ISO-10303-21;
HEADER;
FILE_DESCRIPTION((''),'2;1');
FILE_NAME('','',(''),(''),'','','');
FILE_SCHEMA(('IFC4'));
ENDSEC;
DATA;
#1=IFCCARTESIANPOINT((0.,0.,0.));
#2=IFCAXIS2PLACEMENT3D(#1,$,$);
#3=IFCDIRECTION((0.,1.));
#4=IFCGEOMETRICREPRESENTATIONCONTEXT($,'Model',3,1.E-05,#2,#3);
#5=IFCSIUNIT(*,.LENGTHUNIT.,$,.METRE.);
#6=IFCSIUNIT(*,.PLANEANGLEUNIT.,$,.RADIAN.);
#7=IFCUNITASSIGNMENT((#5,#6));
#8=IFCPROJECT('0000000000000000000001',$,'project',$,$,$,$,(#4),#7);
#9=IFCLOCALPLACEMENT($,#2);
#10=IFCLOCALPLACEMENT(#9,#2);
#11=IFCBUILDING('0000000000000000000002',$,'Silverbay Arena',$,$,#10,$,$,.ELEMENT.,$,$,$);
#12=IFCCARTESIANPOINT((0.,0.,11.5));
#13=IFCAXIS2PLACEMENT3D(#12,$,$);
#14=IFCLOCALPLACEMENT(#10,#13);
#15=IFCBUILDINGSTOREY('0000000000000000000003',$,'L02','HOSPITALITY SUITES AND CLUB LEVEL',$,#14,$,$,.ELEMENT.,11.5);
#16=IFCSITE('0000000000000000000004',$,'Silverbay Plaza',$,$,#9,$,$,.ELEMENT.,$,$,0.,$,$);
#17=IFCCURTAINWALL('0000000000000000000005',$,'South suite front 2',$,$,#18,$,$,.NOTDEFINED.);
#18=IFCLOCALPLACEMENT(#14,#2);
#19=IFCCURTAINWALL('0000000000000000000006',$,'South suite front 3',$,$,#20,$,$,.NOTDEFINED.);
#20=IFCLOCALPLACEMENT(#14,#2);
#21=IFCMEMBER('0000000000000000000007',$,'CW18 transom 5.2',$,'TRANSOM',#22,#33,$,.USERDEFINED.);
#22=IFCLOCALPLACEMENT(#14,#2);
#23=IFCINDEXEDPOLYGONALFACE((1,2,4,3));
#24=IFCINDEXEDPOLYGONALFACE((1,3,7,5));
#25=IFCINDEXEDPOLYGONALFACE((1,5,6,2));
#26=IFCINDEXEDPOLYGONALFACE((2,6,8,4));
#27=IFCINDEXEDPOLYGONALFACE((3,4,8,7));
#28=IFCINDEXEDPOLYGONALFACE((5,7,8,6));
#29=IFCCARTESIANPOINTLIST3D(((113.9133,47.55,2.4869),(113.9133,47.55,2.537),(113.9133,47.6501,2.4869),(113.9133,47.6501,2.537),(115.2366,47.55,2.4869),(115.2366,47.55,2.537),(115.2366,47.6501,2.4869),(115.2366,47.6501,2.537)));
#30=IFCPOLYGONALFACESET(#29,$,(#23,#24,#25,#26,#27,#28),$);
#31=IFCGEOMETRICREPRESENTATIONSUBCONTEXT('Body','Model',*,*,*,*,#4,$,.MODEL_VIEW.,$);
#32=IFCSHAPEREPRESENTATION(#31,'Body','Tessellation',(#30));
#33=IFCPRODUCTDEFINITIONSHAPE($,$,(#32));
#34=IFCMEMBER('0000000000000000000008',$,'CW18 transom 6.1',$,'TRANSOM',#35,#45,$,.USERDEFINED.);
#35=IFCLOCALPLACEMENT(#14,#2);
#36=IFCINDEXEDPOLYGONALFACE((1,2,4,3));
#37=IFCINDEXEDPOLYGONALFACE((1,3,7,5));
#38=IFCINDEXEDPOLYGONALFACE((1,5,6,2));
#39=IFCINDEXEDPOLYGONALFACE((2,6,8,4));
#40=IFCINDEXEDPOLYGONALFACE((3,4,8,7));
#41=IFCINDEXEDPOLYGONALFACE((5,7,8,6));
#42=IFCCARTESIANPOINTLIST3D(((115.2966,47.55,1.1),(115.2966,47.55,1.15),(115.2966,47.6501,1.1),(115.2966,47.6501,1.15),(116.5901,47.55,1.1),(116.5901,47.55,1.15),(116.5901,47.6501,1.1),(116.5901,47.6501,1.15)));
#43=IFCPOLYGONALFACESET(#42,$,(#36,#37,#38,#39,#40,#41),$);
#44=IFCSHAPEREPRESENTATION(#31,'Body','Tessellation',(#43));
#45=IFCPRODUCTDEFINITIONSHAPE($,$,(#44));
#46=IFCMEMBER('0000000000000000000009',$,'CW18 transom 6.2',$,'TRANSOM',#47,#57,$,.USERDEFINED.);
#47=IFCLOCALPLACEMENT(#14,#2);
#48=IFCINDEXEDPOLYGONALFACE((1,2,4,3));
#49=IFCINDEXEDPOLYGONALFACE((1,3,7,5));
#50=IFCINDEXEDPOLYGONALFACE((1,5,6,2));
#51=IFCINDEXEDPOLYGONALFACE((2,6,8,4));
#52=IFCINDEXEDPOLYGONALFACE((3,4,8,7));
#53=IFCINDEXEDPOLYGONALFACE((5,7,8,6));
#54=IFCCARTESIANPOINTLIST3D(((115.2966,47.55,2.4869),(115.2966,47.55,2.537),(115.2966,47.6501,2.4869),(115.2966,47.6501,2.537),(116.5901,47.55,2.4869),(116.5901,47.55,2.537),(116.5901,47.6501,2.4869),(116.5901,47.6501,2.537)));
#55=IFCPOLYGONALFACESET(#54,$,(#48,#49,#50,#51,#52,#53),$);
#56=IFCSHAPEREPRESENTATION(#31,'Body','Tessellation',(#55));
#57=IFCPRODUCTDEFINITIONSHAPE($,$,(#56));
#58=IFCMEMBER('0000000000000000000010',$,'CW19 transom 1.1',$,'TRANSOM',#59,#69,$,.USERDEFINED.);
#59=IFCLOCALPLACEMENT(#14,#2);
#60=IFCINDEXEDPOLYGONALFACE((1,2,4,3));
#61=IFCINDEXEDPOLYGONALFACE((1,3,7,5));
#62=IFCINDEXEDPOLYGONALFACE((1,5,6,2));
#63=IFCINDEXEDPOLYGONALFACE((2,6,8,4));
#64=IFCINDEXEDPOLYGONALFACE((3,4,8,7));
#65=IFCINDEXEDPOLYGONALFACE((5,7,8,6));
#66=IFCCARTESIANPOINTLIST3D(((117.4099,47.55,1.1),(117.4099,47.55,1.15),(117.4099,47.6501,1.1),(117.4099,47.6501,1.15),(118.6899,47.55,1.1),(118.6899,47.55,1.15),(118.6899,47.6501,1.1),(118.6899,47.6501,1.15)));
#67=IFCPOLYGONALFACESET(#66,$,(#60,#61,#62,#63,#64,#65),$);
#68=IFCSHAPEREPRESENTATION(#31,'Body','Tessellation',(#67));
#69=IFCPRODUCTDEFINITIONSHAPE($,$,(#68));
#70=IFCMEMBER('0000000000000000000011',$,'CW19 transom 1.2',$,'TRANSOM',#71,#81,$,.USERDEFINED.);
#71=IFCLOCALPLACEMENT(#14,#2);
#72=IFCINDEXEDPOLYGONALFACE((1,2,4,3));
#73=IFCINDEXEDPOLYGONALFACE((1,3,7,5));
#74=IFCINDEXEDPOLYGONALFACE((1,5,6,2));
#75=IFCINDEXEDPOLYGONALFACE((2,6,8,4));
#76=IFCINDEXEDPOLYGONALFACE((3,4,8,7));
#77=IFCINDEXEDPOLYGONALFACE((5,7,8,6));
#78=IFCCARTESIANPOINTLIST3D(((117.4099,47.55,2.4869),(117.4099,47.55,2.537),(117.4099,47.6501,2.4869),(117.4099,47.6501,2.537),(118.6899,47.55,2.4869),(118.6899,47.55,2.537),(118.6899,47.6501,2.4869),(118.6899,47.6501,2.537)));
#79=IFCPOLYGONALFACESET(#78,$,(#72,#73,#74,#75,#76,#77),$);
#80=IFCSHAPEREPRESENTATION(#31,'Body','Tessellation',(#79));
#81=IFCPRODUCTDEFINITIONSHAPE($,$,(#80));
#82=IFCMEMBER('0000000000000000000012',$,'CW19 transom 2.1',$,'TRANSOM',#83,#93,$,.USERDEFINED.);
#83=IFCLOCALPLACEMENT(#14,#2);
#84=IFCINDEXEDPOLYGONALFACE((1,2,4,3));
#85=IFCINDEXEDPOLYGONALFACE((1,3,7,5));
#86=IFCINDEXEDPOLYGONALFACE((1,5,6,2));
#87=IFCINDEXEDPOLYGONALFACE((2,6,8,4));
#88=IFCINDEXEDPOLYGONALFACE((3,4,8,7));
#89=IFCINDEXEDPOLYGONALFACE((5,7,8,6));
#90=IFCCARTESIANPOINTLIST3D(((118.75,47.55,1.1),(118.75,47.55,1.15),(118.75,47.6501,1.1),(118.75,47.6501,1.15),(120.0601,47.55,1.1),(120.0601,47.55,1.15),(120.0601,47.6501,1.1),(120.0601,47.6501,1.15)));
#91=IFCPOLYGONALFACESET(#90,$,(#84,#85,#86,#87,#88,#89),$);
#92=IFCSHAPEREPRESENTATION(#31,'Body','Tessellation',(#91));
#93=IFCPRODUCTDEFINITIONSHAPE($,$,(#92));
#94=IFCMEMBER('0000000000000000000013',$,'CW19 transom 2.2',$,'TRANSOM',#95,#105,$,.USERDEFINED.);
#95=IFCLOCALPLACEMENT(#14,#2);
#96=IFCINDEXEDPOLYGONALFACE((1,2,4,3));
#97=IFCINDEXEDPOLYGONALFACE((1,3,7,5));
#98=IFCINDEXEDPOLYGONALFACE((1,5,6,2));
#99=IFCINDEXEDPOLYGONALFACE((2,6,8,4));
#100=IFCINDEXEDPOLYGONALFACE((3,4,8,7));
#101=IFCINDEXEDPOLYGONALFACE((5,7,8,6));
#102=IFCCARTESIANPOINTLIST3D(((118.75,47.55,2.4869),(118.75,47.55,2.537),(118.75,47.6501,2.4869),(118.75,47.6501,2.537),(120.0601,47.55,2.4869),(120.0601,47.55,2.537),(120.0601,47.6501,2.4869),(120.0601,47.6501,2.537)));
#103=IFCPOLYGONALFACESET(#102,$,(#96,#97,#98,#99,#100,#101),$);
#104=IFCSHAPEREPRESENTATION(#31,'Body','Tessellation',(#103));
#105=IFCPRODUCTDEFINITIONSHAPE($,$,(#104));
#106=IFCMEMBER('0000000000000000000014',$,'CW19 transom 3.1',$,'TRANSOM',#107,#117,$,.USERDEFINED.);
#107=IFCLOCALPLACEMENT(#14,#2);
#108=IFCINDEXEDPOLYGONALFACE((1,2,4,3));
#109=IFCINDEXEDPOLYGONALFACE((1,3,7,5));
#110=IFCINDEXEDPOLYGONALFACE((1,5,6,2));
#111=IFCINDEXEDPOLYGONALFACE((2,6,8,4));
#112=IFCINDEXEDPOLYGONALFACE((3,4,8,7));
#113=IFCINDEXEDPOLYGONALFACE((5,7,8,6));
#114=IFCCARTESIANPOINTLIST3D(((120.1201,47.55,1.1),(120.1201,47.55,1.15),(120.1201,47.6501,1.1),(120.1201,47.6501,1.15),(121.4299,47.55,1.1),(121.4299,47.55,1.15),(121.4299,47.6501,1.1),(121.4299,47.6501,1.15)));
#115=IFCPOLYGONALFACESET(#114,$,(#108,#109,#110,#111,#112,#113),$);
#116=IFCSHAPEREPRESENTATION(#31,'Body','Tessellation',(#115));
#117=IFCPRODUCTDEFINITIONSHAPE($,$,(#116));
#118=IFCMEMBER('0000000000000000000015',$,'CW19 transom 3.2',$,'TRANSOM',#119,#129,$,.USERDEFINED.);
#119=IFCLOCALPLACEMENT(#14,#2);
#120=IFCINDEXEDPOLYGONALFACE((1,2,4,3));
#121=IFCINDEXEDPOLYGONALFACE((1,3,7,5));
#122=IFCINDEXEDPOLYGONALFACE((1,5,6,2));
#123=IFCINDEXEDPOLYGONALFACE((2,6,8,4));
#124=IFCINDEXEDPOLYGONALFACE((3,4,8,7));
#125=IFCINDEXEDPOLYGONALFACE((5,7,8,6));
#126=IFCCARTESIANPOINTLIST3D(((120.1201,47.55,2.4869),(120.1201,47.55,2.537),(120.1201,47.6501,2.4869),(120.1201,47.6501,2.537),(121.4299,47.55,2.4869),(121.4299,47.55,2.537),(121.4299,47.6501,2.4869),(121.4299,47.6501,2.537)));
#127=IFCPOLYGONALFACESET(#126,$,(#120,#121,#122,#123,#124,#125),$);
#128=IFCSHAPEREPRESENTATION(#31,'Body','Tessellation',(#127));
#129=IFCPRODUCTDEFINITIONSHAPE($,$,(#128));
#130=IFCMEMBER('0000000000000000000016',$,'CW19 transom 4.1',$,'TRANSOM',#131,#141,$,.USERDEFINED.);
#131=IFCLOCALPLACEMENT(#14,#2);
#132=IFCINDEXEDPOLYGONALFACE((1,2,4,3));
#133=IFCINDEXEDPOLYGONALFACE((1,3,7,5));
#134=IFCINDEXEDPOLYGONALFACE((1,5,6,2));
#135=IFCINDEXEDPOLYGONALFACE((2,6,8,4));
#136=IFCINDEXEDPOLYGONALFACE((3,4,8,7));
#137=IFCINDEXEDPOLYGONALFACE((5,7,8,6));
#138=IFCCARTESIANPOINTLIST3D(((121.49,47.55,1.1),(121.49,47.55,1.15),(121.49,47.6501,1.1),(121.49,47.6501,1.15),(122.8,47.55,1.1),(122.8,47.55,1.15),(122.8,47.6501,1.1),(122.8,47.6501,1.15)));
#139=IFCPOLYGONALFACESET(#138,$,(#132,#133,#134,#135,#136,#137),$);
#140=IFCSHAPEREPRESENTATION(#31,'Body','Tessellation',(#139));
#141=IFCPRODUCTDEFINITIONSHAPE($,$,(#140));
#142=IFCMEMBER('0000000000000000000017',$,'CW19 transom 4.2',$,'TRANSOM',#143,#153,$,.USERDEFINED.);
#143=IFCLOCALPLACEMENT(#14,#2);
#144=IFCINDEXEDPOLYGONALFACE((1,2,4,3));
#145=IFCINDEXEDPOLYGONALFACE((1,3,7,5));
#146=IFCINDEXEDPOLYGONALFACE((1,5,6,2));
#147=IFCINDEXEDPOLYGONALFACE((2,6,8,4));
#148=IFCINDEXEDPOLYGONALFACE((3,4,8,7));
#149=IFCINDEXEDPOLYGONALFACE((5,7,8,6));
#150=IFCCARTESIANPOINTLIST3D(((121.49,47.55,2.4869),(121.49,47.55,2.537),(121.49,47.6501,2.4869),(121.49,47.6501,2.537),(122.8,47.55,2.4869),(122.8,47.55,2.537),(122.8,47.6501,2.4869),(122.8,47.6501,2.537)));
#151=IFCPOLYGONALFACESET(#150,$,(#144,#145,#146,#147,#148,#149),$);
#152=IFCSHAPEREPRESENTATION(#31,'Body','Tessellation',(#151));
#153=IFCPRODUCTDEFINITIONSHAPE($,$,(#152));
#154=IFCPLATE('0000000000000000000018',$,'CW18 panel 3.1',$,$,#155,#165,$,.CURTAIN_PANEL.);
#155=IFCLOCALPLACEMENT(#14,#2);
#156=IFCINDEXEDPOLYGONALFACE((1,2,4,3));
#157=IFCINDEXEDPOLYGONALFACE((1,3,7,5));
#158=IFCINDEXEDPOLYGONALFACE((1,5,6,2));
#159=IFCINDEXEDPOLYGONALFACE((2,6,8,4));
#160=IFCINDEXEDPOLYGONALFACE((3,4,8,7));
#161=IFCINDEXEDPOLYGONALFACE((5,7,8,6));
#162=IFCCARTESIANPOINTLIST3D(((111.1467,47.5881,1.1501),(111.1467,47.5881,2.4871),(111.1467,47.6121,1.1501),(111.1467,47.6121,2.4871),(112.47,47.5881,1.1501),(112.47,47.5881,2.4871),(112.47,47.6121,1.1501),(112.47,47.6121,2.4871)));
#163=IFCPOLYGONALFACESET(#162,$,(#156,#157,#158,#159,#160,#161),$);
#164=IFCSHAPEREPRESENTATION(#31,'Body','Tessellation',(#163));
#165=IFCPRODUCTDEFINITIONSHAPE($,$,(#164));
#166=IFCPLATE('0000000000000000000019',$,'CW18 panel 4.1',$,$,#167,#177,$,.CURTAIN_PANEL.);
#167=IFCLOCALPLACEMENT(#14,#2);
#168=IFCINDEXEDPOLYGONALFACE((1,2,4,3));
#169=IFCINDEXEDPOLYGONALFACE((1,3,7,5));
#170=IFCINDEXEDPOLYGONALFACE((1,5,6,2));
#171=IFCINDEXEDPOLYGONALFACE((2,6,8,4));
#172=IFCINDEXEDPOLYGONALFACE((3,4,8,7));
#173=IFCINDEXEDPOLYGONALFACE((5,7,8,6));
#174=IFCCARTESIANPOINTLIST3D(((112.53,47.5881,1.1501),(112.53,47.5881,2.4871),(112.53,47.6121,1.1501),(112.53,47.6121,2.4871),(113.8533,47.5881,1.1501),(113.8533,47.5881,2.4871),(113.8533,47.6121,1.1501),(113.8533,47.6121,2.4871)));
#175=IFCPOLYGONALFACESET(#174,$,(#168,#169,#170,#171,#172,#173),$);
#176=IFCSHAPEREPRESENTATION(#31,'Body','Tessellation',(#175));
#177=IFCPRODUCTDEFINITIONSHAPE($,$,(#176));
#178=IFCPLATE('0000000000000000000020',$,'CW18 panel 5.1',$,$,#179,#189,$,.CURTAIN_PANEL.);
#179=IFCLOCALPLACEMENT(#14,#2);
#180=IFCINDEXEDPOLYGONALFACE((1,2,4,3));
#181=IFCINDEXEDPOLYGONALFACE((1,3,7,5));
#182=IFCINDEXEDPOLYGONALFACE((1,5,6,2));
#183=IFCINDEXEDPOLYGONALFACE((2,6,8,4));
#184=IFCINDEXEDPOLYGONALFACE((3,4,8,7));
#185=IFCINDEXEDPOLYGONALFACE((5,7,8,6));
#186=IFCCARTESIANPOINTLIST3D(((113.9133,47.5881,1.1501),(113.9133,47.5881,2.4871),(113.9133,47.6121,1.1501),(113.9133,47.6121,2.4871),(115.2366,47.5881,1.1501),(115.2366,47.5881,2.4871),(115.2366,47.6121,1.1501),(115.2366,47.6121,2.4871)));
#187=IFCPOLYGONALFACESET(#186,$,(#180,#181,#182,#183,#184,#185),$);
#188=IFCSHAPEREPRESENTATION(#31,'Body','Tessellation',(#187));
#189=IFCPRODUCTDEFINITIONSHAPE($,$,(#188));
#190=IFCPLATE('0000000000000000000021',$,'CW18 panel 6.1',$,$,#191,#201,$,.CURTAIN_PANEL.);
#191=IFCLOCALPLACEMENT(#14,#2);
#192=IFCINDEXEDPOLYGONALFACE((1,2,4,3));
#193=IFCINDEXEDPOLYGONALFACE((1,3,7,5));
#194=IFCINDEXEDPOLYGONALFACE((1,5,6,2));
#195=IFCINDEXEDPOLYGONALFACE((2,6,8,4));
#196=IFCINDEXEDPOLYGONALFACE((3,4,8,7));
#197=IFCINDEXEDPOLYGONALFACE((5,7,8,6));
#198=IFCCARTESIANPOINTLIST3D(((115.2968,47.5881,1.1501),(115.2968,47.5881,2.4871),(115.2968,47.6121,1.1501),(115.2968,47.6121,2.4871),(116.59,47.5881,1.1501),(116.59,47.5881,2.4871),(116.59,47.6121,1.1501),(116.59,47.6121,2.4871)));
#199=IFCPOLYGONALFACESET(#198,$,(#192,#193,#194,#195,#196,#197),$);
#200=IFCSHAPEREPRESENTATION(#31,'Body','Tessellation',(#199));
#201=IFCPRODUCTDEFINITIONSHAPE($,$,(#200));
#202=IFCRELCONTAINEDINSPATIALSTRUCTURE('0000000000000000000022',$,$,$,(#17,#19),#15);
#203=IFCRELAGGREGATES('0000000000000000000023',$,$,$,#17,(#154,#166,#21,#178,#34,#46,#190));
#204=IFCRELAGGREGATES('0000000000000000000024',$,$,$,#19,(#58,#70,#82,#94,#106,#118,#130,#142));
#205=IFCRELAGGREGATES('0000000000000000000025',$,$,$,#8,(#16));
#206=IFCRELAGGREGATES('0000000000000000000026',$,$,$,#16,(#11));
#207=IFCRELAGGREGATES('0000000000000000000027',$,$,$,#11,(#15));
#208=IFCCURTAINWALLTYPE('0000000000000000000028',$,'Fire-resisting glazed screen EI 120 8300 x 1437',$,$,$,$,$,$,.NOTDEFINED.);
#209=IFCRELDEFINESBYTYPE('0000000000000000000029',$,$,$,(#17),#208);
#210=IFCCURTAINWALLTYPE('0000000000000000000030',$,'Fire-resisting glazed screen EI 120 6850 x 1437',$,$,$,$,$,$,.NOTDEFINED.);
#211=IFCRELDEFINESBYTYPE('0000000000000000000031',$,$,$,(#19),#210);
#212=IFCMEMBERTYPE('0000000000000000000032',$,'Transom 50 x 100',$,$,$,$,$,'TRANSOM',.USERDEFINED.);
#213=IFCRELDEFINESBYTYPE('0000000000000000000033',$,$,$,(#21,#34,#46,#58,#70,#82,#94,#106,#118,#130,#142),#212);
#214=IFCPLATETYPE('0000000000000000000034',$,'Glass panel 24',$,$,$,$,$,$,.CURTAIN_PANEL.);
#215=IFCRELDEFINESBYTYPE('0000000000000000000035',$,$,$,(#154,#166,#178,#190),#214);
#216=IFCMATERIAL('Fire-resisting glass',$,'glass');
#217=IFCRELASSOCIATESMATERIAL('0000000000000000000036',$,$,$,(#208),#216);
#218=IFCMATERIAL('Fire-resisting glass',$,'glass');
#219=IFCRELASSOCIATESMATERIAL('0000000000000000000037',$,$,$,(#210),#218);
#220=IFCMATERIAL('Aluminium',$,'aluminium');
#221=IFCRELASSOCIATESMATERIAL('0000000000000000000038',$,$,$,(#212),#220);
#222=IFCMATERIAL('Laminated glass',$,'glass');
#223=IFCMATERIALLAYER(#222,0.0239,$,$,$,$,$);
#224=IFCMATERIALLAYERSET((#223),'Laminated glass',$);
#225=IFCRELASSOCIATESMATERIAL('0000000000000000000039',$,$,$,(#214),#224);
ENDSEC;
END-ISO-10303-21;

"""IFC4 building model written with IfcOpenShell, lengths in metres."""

from ifc_helpers import new_model, si_unit, direction, frame, origin, origin_2d, place, context, subcontext, project, spatial, rectangle, extrude, material, layer, layer_set, material_profile, profile_set, type_object, element, aggregate, save


model = new_model("IFC4")

# Units and contexts
model_context = context("Model", 3, precision=1e-05, world=origin(), true_north=direction((0.0, 1.0)))
body_context = subcontext(model_context, "Body", "Model", "MODEL_VIEW")
ifc_project = project(units=[si_unit("LENGTHUNIT", "METRE"), si_unit("PLANEANGLEUNIT", "RADIAN")], contexts=[model_context])

# Site, building, storey
site_placement = place(None, origin())
site = spatial("IfcSite", under=ifc_project, at=site_placement, Name="Silverbay Plaza", CompositionType="ELEMENT", RefElevation=0.0)
building_placement = place(site_placement, origin())
building = spatial("IfcBuilding", under=site, at=building_placement, Name="Silverbay Arena", CompositionType="ELEMENT")
storey_placement = place(building_placement, frame((0.0, 0.0, 11.5)))
storey = spatial("IfcBuildingStorey", under=building, at=storey_placement, Name="L02", Description="HOSPITALITY SUITES AND CLUB LEVEL", CompositionType="ELEMENT", Elevation=11.5)

# Curtain walls
ifc_material_1 = material(Name="Fire-resisting glass", Category="glass")
curtain_wall_type_1 = type_object("IfcCurtainWallType", Name="Fire-resisting glazed screen EI 120 8300 x 1437", PredefinedType="NOTDEFINED", material=ifc_material_1)
curtain_wall_1_placement = place(storey_placement, origin())
curtain_wall_1 = element("IfcCurtainWall", 1, at=curtain_wall_1_placement, inside=storey, type_object=curtain_wall_type_1, Name="South suite front 2", PredefinedType="NOTDEFINED")
ifc_material_2 = material(Name="Fire-resisting glass", Category="glass")
curtain_wall_type_2 = type_object("IfcCurtainWallType", Name="Fire-resisting glazed screen EI 120 6850 x 1437", PredefinedType="NOTDEFINED", material=ifc_material_2)
curtain_wall_2_placement = place(storey_placement, origin())
curtain_wall_2 = element("IfcCurtainWall", 2, at=curtain_wall_2_placement, inside=storey, type_object=curtain_wall_type_2, Name="South suite front 3", PredefinedType="NOTDEFINED")

# Members
ifc_material_3 = material(Name="Aluminium", Category="aluminium")
ifc_material_profile_1 = material_profile(ifc_material_3, rectangle(XDim=0.1001, YDim=0.05, at=origin_2d()), Name="Transom 50 x 100")
ifc_profile_set_1 = profile_set([ifc_material_profile_1], Name="Aluminium")
member_type_1 = type_object("IfcMemberType", Name="Transom 50 x 100", ElementType="TRANSOM", PredefinedType="USERDEFINED", material=ifc_profile_set_1)
member_1_placement = place(storey_placement, frame((113.9133, 47.6001, 2.512), z_axis=(1.0, 0.0, 0.0), x_axis=(0.0, 1.0, 0.0)))
member_1 = element("IfcMember", 3, at=member_1_placement, type_object=member_type_1, Name="CW18 transom 5.2", ObjectType="TRANSOM", PredefinedType="USERDEFINED", context=body_context, shape_type="SweptSolid", body=[
    extrude(rectangle(XDim=0.1001, YDim=0.05, at=origin_2d()), origin(), (0.0, 0.0, 1.0), 1.3232),
])
member_2_placement = place(storey_placement, frame((115.2966, 47.6001, 1.125), z_axis=(1.0, 0.0, 0.0), x_axis=(0.0, 1.0, 0.0)))
member_2 = element("IfcMember", 4, at=member_2_placement, type_object=member_type_1, Name="CW18 transom 6.1", ObjectType="TRANSOM", PredefinedType="USERDEFINED", context=body_context, shape_type="SweptSolid", body=[
    extrude(rectangle(XDim=0.1001, YDim=0.05, at=origin_2d()), origin(), (0.0, 0.0, 1.0), 1.2935),
])
member_3_placement = place(storey_placement, frame((115.2966, 47.6001, 2.512), z_axis=(1.0, 0.0, 0.0), x_axis=(0.0, 1.0, 0.0)))
member_3 = element("IfcMember", 5, at=member_3_placement, type_object=member_type_1, Name="CW18 transom 6.2", ObjectType="TRANSOM", PredefinedType="USERDEFINED", context=body_context, shape_type="SweptSolid", body=[
    extrude(rectangle(XDim=0.1001, YDim=0.05, at=origin_2d()), origin(), (0.0, 0.0, 1.0), 1.2935),
])
member_4_placement = place(storey_placement, frame((117.4099, 47.6001, 1.125), z_axis=(1.0, 0.0, 0.0), x_axis=(0.0, 1.0, 0.0)))
member_4 = element("IfcMember", 6, at=member_4_placement, type_object=member_type_1, Name="CW19 transom 1.1", ObjectType="TRANSOM", PredefinedType="USERDEFINED", context=body_context, shape_type="SweptSolid", body=[
    extrude(rectangle(XDim=0.1001, YDim=0.05, at=origin_2d()), origin(), (0.0, 0.0, 1.0), 1.28),
])
member_5_placement = place(storey_placement, frame((117.4099, 47.6001, 2.512), z_axis=(1.0, 0.0, 0.0), x_axis=(0.0, 1.0, 0.0)))
member_5 = element("IfcMember", 7, at=member_5_placement, type_object=member_type_1, Name="CW19 transom 1.2", ObjectType="TRANSOM", PredefinedType="USERDEFINED", context=body_context, shape_type="SweptSolid", body=[
    extrude(rectangle(XDim=0.1001, YDim=0.05, at=origin_2d()), origin(), (0.0, 0.0, 1.0), 1.28),
])
member_6_placement = place(storey_placement, frame((118.75, 47.6001, 1.125), z_axis=(1.0, 0.0, 0.0), x_axis=(0.0, 1.0, 0.0)))
member_6 = element("IfcMember", 8, at=member_6_placement, type_object=member_type_1, Name="CW19 transom 2.1", ObjectType="TRANSOM", PredefinedType="USERDEFINED", context=body_context, shape_type="SweptSolid", body=[
    extrude(rectangle(XDim=0.1001, YDim=0.05, at=origin_2d()), origin(), (0.0, 0.0, 1.0), 1.3101),
])
member_7_placement = place(storey_placement, frame((118.75, 47.6001, 2.512), z_axis=(1.0, 0.0, 0.0), x_axis=(0.0, 1.0, 0.0)))
member_7 = element("IfcMember", 9, at=member_7_placement, type_object=member_type_1, Name="CW19 transom 2.2", ObjectType="TRANSOM", PredefinedType="USERDEFINED", context=body_context, shape_type="SweptSolid", body=[
    extrude(rectangle(XDim=0.1001, YDim=0.05, at=origin_2d()), origin(), (0.0, 0.0, 1.0), 1.3101),
])
member_8_placement = place(storey_placement, frame((120.1201, 47.6001, 1.125), z_axis=(1.0, 0.0, 0.0), x_axis=(0.0, 1.0, 0.0)))
member_8 = element("IfcMember", 10, at=member_8_placement, type_object=member_type_1, Name="CW19 transom 3.1", ObjectType="TRANSOM", PredefinedType="USERDEFINED", context=body_context, shape_type="SweptSolid", body=[
    extrude(rectangle(XDim=0.1001, YDim=0.05, at=origin_2d()), origin(), (0.0, 0.0, 1.0), 1.3098),
])
member_9_placement = place(storey_placement, frame((120.1201, 47.6001, 2.512), z_axis=(1.0, 0.0, 0.0), x_axis=(0.0, 1.0, 0.0)))
member_9 = element("IfcMember", 11, at=member_9_placement, type_object=member_type_1, Name="CW19 transom 3.2", ObjectType="TRANSOM", PredefinedType="USERDEFINED", context=body_context, shape_type="SweptSolid", body=[
    extrude(rectangle(XDim=0.1001, YDim=0.05, at=origin_2d()), origin(), (0.0, 0.0, 1.0), 1.3098),
])
member_10_placement = place(storey_placement, frame((121.49, 47.6001, 1.125), z_axis=(1.0, 0.0, 0.0), x_axis=(0.0, 1.0, 0.0)))
member_10 = element("IfcMember", 12, at=member_10_placement, type_object=member_type_1, Name="CW19 transom 4.1", ObjectType="TRANSOM", PredefinedType="USERDEFINED", context=body_context, shape_type="SweptSolid", body=[
    extrude(rectangle(XDim=0.1001, YDim=0.05, at=origin_2d()), origin(), (0.0, 0.0, 1.0), 1.3101),
])
member_11_placement = place(storey_placement, frame((121.49, 47.6001, 2.512), z_axis=(1.0, 0.0, 0.0), x_axis=(0.0, 1.0, 0.0)))
member_11 = element("IfcMember", 13, at=member_11_placement, type_object=member_type_1, Name="CW19 transom 4.2", ObjectType="TRANSOM", PredefinedType="USERDEFINED", context=body_context, shape_type="SweptSolid", body=[
    extrude(rectangle(XDim=0.1001, YDim=0.05, at=origin_2d()), origin(), (0.0, 0.0, 1.0), 1.3101),
])

# Plates
ifc_material_4 = material(Name="Laminated glass", Category="glass")
ifc_layer_1 = layer(ifc_material_4, 0.0239)
ifc_layer_set_1 = layer_set([ifc_layer_1], Name="Laminated glass")
plate_type = type_object("IfcPlateType", Name="Glass panel 24", PredefinedType="CURTAIN_PANEL", material=ifc_layer_set_1)
plate_1_placement = place(storey_placement, frame((111.8083, 47.6001, 1.1501), z_axis=(0.0, 0.0, 1.0), x_axis=(1.0, 0.0, 0.0)))
plate_1 = element("IfcPlate", 14, at=plate_1_placement, type_object=plate_type, Name="CW18 panel 3.1", PredefinedType="CURTAIN_PANEL", context=body_context, shape_type="SweptSolid", body=[
    extrude(rectangle(XDim=1.3232, YDim=0.0239, at=origin_2d()), origin(), (0.0, 0.0, 1.0), 1.3369),
])
plate_2_placement = place(storey_placement, frame((113.1917, 47.6001, 1.1501), z_axis=(0.0, 0.0, 1.0), x_axis=(1.0, 0.0, 0.0)))
plate_2 = element("IfcPlate", 15, at=plate_2_placement, type_object=plate_type, Name="CW18 panel 4.1", PredefinedType="CURTAIN_PANEL", context=body_context, shape_type="SweptSolid", body=[
    extrude(rectangle(XDim=1.3232, YDim=0.0239, at=origin_2d()), origin(), (0.0, 0.0, 1.0), 1.3369),
])
plate_3_placement = place(storey_placement, frame((114.575, 47.6001, 1.1501), z_axis=(0.0, 0.0, 1.0), x_axis=(1.0, 0.0, 0.0)))
plate_3 = element("IfcPlate", 16, at=plate_3_placement, type_object=plate_type, Name="CW18 panel 5.1", PredefinedType="CURTAIN_PANEL", context=body_context, shape_type="SweptSolid", body=[
    extrude(rectangle(XDim=1.3232, YDim=0.0239, at=origin_2d()), origin(), (0.0, 0.0, 1.0), 1.3369),
])
plate_4_placement = place(storey_placement, frame((115.9434, 47.6001, 1.1501), z_axis=(0.0, 0.0, 1.0), x_axis=(1.0, 0.0, 0.0)))
plate_4 = element("IfcPlate", 17, at=plate_4_placement, type_object=plate_type, Name="CW18 panel 6.1", PredefinedType="CURTAIN_PANEL", context=body_context, shape_type="SweptSolid", body=[
    extrude(rectangle(XDim=1.2932, YDim=0.0239, at=origin_2d()), origin(), (0.0, 0.0, 1.0), 1.3369),
])
aggregate(curtain_wall_1, [plate_1, plate_2, member_1, plate_3, member_2, member_3, plate_4])
aggregate(curtain_wall_2, [member_4, member_5, member_6, member_7, member_8, member_9, member_10, member_11])

save(model, "model.ifc")
